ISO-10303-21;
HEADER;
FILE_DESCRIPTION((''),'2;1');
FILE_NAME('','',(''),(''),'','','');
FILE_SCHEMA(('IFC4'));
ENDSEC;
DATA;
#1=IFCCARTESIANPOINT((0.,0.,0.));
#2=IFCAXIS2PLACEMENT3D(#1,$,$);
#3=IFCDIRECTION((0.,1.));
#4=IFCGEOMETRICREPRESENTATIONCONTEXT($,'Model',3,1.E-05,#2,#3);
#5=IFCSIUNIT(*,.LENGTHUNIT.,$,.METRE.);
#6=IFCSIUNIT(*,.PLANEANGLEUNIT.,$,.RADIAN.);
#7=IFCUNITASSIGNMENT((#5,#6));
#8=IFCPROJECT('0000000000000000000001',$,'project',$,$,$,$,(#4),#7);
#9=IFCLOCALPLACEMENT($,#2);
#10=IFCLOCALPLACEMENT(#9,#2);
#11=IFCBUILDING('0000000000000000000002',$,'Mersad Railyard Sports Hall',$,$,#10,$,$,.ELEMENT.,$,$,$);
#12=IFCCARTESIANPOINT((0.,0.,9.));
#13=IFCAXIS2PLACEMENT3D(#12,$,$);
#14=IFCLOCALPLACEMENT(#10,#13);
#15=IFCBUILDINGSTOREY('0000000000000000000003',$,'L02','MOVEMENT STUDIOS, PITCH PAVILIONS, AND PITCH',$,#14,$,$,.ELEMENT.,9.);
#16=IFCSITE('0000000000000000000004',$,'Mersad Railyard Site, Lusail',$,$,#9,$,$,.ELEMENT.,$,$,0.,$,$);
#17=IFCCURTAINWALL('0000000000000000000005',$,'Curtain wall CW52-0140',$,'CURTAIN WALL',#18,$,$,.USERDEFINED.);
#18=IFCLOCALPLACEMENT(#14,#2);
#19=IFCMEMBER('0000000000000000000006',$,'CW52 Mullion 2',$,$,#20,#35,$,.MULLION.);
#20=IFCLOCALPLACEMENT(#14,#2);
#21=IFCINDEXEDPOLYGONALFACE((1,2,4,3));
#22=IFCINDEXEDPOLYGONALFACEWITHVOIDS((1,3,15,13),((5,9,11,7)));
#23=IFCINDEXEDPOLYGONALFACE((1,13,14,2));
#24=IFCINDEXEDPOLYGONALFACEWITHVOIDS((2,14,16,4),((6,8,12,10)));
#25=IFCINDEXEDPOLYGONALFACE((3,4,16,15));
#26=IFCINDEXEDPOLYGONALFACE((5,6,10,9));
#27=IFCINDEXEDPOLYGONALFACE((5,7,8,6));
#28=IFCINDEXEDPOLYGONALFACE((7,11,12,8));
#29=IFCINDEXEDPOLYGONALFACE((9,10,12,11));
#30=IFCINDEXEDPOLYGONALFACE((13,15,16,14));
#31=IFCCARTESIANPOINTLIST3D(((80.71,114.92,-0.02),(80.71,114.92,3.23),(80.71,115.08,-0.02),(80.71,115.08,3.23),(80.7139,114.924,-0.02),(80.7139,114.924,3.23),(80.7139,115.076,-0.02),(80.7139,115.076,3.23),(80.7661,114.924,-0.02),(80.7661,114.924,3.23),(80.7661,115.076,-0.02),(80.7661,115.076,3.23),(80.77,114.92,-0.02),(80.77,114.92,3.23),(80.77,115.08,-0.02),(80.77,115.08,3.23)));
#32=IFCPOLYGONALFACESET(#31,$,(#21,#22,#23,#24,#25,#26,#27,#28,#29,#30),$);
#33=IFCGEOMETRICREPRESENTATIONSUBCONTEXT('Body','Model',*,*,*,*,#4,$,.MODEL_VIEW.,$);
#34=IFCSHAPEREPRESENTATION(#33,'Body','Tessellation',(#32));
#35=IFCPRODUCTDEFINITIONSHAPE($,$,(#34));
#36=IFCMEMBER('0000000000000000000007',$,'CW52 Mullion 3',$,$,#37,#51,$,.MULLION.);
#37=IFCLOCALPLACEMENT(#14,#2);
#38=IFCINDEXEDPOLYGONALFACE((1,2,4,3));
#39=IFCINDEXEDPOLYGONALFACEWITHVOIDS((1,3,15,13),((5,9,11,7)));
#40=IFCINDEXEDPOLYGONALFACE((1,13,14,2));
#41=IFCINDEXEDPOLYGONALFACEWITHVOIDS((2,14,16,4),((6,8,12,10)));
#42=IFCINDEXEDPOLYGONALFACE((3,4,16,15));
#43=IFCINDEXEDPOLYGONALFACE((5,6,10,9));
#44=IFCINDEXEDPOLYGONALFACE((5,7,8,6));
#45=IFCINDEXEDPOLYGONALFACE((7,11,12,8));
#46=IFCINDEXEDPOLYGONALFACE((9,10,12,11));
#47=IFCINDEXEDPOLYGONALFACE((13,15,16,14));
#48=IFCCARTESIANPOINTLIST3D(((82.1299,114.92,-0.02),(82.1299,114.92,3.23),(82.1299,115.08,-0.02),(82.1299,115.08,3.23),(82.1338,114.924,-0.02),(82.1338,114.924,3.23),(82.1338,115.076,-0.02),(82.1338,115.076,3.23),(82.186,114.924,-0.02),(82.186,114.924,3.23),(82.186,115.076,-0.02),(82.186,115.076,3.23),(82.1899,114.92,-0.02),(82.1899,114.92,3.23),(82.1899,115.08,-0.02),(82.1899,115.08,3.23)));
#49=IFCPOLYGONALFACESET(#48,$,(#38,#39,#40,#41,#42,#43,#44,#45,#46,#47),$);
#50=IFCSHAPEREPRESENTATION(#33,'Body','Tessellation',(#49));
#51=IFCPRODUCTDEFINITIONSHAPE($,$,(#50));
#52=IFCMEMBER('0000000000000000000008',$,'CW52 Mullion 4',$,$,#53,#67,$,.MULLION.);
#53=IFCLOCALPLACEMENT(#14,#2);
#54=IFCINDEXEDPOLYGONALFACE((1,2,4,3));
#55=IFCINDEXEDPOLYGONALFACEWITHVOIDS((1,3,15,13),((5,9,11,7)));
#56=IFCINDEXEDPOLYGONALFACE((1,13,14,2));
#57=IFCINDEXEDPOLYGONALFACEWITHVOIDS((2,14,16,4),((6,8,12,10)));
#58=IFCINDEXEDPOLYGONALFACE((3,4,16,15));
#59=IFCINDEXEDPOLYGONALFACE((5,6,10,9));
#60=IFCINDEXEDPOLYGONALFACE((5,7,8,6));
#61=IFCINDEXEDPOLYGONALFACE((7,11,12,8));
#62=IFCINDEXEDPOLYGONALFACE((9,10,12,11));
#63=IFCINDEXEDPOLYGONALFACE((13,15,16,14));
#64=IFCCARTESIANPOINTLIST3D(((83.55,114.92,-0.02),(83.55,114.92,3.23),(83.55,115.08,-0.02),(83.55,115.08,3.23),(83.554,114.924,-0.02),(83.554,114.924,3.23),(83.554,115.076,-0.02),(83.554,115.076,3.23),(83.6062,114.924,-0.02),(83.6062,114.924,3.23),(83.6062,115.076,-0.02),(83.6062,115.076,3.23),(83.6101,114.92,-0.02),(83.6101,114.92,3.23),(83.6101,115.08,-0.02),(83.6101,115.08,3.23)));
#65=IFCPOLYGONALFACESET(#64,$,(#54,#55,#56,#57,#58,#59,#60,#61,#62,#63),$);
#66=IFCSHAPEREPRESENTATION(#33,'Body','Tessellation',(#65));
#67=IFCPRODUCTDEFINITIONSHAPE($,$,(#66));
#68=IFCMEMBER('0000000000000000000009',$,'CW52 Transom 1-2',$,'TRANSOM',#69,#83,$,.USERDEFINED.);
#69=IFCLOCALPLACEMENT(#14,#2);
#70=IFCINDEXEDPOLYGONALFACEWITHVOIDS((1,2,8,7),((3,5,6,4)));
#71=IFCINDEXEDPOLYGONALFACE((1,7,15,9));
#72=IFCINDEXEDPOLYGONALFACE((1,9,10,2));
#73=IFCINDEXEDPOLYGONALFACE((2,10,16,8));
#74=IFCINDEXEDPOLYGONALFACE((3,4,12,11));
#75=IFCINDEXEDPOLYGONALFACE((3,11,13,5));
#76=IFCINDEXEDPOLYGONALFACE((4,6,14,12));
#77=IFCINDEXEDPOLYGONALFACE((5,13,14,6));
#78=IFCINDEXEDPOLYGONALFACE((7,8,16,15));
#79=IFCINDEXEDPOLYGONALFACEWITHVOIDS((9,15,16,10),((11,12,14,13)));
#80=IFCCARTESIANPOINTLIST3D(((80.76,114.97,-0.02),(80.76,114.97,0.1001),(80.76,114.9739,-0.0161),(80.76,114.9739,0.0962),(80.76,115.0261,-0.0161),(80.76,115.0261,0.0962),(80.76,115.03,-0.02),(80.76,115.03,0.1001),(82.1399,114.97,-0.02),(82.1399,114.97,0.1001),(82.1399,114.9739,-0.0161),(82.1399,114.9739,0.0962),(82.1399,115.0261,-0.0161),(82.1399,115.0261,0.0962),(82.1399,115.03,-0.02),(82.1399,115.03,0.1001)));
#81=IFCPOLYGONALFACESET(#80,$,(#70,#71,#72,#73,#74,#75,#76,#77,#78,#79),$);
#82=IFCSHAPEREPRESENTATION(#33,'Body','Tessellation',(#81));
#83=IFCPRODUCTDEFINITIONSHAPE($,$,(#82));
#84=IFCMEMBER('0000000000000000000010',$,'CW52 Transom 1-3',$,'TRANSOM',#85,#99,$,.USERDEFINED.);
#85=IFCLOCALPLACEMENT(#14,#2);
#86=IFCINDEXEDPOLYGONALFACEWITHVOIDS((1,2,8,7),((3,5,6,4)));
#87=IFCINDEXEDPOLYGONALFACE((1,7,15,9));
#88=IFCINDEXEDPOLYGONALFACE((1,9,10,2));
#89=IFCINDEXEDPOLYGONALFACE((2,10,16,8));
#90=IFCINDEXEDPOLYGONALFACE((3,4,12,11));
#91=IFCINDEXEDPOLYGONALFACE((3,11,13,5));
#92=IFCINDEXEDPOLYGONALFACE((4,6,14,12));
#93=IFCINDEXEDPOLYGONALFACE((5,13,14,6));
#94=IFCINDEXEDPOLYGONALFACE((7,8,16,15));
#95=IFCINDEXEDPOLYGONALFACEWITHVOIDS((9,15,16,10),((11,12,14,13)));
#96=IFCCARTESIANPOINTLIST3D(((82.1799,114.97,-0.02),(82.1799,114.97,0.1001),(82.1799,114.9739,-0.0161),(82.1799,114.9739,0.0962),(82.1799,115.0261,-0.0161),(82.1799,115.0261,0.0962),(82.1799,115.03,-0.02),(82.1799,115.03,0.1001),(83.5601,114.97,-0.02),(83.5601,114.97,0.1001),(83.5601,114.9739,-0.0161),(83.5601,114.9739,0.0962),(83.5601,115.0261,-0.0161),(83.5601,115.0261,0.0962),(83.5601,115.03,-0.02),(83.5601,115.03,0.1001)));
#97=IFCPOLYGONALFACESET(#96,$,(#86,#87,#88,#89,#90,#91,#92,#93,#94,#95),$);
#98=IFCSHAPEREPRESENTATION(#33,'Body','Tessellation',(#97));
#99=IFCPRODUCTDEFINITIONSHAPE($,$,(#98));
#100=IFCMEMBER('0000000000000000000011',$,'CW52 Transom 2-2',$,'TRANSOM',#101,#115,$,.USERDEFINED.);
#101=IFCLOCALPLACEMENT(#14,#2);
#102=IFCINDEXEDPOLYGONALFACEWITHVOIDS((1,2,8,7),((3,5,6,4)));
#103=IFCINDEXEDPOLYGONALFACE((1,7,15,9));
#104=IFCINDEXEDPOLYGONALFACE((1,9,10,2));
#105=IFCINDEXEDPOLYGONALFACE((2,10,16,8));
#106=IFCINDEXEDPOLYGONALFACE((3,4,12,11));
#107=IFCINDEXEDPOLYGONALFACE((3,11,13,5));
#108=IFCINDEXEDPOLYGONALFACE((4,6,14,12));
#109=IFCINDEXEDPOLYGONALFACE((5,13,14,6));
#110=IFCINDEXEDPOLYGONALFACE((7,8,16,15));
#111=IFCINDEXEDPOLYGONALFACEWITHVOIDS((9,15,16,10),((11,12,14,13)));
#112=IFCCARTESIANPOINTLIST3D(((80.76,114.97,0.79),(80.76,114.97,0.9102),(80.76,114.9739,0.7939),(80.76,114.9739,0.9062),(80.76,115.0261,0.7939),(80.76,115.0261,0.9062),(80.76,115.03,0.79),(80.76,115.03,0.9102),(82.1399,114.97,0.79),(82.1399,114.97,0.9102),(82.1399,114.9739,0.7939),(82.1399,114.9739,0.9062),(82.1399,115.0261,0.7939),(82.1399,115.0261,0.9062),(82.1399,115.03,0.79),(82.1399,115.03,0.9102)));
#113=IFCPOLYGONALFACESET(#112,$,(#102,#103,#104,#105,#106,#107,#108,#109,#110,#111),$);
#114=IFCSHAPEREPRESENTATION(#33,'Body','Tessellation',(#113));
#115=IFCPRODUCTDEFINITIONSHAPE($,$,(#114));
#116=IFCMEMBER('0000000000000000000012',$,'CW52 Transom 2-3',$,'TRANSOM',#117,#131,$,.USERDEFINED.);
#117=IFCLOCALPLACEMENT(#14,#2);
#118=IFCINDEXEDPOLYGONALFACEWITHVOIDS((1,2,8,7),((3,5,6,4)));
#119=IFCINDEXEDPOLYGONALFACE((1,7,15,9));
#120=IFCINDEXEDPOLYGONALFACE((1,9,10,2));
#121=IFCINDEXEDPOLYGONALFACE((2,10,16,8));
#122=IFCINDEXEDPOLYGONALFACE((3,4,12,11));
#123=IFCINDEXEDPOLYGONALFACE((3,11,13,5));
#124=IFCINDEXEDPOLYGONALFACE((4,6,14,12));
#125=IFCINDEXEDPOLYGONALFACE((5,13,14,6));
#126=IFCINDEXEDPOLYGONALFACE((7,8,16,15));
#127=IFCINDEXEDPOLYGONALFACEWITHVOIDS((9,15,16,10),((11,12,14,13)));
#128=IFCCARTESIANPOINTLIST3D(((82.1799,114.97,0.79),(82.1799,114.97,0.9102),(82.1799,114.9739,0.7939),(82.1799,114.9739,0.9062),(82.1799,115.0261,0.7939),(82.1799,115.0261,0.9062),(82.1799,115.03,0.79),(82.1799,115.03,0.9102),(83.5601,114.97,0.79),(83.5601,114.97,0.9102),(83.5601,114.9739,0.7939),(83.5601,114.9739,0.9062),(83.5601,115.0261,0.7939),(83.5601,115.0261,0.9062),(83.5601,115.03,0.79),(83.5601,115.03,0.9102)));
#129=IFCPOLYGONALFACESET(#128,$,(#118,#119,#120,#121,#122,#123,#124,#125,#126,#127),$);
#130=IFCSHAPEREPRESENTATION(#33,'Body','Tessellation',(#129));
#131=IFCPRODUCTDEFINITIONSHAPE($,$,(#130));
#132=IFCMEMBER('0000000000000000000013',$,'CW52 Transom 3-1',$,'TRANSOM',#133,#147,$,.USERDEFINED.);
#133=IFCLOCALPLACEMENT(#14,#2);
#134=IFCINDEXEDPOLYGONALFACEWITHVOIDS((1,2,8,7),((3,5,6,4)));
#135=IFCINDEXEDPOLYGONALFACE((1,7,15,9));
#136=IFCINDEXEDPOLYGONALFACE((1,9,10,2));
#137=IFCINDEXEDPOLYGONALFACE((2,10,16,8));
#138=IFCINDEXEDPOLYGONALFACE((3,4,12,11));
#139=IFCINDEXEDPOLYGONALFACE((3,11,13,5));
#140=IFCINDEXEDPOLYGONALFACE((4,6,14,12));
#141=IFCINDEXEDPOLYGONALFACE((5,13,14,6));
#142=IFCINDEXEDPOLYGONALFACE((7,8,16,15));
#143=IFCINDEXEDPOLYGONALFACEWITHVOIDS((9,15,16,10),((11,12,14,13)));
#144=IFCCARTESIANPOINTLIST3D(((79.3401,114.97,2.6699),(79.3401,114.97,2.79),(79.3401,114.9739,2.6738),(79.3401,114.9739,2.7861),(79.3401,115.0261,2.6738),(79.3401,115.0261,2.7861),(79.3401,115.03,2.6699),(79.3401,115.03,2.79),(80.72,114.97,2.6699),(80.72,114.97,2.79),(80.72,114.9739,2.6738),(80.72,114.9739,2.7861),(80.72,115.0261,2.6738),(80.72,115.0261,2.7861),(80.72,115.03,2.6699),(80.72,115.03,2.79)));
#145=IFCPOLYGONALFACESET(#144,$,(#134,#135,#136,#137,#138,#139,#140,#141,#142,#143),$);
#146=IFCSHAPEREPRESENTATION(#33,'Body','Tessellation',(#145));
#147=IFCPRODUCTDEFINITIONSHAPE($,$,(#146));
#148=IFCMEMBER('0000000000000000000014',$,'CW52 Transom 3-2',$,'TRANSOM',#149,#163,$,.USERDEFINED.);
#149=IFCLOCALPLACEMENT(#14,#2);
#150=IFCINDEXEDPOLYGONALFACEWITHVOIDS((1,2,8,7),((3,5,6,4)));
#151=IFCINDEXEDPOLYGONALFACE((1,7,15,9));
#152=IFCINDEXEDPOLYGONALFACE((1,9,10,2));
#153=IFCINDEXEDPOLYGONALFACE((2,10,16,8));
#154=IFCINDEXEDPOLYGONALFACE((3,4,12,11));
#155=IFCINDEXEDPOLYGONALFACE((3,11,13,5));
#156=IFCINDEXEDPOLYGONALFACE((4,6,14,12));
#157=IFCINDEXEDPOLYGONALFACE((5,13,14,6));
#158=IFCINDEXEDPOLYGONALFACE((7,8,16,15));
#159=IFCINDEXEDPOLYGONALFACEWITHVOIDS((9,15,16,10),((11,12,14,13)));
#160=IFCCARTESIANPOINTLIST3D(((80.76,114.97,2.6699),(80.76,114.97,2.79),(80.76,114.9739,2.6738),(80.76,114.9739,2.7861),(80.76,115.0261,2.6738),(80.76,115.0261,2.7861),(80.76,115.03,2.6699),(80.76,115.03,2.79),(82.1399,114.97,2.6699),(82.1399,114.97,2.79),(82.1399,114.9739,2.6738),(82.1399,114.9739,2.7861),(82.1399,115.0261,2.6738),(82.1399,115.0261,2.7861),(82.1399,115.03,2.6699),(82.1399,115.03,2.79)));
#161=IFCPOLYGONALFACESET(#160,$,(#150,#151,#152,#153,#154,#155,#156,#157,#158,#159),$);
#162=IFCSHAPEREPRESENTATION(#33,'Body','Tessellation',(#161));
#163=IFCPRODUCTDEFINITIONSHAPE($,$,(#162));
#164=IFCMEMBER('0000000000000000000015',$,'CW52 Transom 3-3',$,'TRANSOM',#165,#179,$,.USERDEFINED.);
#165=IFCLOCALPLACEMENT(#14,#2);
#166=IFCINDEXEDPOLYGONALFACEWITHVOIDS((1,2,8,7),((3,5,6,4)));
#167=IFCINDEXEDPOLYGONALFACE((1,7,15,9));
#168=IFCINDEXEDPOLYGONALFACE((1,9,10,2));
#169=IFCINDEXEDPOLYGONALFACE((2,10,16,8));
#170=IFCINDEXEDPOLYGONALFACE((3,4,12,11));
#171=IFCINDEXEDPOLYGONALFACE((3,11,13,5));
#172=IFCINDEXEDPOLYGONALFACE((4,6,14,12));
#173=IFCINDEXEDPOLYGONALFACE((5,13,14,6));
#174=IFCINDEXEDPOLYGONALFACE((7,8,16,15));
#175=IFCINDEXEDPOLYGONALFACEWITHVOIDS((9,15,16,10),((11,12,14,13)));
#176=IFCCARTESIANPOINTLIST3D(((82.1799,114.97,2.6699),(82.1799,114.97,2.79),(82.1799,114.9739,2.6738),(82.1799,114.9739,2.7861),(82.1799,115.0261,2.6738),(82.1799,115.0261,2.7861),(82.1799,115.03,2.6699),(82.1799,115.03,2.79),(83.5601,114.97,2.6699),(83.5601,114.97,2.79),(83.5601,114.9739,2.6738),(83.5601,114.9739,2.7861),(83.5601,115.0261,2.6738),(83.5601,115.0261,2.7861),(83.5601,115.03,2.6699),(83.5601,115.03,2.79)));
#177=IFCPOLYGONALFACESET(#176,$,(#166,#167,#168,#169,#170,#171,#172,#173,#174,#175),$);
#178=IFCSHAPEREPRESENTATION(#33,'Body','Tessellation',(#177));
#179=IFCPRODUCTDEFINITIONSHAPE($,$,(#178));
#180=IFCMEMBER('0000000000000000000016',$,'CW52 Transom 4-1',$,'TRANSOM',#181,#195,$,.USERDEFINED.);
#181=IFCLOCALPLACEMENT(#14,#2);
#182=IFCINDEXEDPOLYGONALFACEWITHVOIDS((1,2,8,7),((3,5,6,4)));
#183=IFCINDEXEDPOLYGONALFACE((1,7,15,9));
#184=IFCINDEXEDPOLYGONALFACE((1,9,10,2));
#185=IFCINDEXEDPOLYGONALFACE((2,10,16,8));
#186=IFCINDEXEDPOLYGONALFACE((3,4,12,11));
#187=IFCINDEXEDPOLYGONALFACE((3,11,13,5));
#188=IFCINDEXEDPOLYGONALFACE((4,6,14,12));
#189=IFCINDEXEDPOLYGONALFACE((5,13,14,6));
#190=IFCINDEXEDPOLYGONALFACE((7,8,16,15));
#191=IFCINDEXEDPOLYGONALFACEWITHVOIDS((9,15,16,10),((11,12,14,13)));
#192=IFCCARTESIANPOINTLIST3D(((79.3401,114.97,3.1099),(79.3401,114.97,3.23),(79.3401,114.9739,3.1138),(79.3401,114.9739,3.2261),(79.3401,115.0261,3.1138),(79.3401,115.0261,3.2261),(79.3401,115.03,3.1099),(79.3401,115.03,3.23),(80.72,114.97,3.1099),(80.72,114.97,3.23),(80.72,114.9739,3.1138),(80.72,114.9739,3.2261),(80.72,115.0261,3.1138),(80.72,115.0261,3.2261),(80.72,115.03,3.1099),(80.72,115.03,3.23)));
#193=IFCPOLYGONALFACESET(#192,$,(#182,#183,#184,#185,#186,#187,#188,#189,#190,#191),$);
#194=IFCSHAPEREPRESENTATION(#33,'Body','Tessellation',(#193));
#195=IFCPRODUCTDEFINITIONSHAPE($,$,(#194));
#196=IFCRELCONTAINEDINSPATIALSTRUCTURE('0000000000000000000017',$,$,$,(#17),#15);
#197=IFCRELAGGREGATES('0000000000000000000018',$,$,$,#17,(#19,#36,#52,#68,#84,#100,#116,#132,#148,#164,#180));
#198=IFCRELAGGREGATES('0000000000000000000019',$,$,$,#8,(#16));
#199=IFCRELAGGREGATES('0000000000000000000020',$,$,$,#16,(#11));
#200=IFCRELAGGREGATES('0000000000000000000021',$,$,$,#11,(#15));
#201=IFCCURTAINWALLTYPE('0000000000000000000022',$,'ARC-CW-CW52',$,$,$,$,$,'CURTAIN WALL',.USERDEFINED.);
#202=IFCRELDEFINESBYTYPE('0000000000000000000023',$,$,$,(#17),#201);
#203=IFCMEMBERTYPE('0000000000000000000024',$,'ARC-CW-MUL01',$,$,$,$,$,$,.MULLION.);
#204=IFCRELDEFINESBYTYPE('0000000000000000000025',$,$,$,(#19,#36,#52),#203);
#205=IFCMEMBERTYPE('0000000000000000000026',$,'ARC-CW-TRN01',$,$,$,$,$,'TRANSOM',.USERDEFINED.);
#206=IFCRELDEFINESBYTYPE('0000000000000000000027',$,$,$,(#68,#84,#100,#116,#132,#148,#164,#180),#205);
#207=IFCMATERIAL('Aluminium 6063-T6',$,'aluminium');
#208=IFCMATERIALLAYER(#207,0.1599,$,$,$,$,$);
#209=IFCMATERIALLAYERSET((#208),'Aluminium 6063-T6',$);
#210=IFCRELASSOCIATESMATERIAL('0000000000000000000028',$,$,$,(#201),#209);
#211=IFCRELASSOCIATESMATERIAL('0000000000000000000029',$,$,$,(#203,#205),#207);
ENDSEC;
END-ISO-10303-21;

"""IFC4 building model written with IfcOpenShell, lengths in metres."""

from ifc_helpers import new_model, si_unit, direction, frame, origin, origin_2d, place, context, subcontext, project, spatial, hollow_rectangle, extrude, material, layer, layer_set, material_profile, profile_set, type_object, element, aggregate, save


model = new_model("IFC4")

# Units and contexts
model_context = context("Model", 3, precision=1e-05, world=origin(), true_north=direction((0.0, 1.0)))
body_context = subcontext(model_context, "Body", "Model", "MODEL_VIEW")
ifc_project = project(units=[si_unit("LENGTHUNIT", "METRE"), si_unit("PLANEANGLEUNIT", "RADIAN")], contexts=[model_context])

# Site, building, storey
site_placement = place(None, origin())
site = spatial("IfcSite", under=ifc_project, at=site_placement, Name="Mersad Railyard Site, Lusail", CompositionType="ELEMENT", RefElevation=0.0)
building_placement = place(site_placement, origin())
building = spatial("IfcBuilding", under=site, at=building_placement, Name="Mersad Railyard Sports Hall", CompositionType="ELEMENT")
storey_placement = place(building_placement, frame((0.0, 0.0, 9.0)))
storey = spatial("IfcBuildingStorey", under=building, at=storey_placement, Name="L02", Description="MOVEMENT STUDIOS, PITCH PAVILIONS, AND PITCH", CompositionType="ELEMENT", Elevation=9.0)

# Curtain wall, members
ifc_material_1 = material(Name="Aluminium 6063-T6", Category="aluminium")
ifc_layer_1 = layer(ifc_material_1, 0.1599)
ifc_layer_set_1 = layer_set([ifc_layer_1], Name="Aluminium 6063-T6")
curtain_wall_type = type_object("IfcCurtainWallType", Name="ARC-CW-CW52", ElementType="CURTAIN WALL", PredefinedType="USERDEFINED", material=ifc_layer_set_1)
curtain_wall_placement = place(storey_placement, origin())
curtain_wall = element("IfcCurtainWall", 1, at=curtain_wall_placement, inside=storey, type_object=curtain_wall_type, Name="Curtain wall CW52-0140", ObjectType="CURTAIN WALL", PredefinedType="USERDEFINED")
ifc_material_profile_1 = material_profile(ifc_material_1, hollow_rectangle(XDim=0.0601, YDim=0.1599, WallThickness=0.0039, at=origin_2d()), Name="AL MULLION 60x160x4")
ifc_profile_set_1 = profile_set([ifc_material_profile_1], Name="Aluminium 6063-T6")
member_type_1 = type_object("IfcMemberType", Name="ARC-CW-MUL01", PredefinedType="MULLION", material=ifc_profile_set_1)
member_1_placement = place(storey_placement, frame((80.74, 115.0, -0.02), z_axis=(0.0, 0.0, 1.0), x_axis=(1.0, 0.0, 0.0)))
member_1 = element("IfcMember", 2, at=member_1_placement, type_object=member_type_1, Name="CW52 Mullion 2", PredefinedType="MULLION", context=body_context, shape_type="SweptSolid", body=[
    extrude(hollow_rectangle(XDim=0.0601, YDim=0.1599, WallThickness=0.0039, at=origin_2d()), origin(), (0.0, 0.0, 1.0), 3.25),
])
member_2_placement = place(storey_placement, frame((82.1599, 115.0, -0.02), z_axis=(0.0, 0.0, 1.0), x_axis=(1.0, 0.0, 0.0)))
member_2 = element("IfcMember", 3, at=member_2_placement, type_object=member_type_1, Name="CW52 Mullion 3", PredefinedType="MULLION", context=body_context, shape_type="SweptSolid", body=[
    extrude(hollow_rectangle(XDim=0.0601, YDim=0.1599, WallThickness=0.0039, at=origin_2d()), origin(), (0.0, 0.0, 1.0), 3.25),
])
member_3_placement = place(storey_placement, frame((83.5801, 115.0, -0.02), z_axis=(0.0, 0.0, 1.0), x_axis=(1.0, 0.0, 0.0)))
member_3 = element("IfcMember", 4, at=member_3_placement, type_object=member_type_1, Name="CW52 Mullion 4", PredefinedType="MULLION", context=body_context, shape_type="SweptSolid", body=[
    extrude(hollow_rectangle(XDim=0.0601, YDim=0.1599, WallThickness=0.0039, at=origin_2d()), origin(), (0.0, 0.0, 1.0), 3.25),
])
ifc_material_profile_2 = material_profile(ifc_material_1, hollow_rectangle(XDim=0.0601, YDim=0.1201, WallThickness=0.0039, at=origin_2d()), Name="AL TRANSOM 60x120x4")
ifc_profile_set_2 = profile_set([ifc_material_profile_2], Name="Aluminium 6063-T6")
member_type_2 = type_object("IfcMemberType", Name="ARC-CW-TRN01", ElementType="TRANSOM", PredefinedType="USERDEFINED", material=ifc_profile_set_2)
member_4_placement = place(storey_placement, frame((80.76, 115.0, 0.04), z_axis=(1.0, 0.0, 0.0), x_axis=(0.0, 1.0, 0.0)))
member_4 = element("IfcMember", 5, at=member_4_placement, type_object=member_type_2, Name="CW52 Transom 1-2", ObjectType="TRANSOM", PredefinedType="USERDEFINED", context=body_context, shape_type="SweptSolid", body=[
    extrude(hollow_rectangle(XDim=0.0601, YDim=0.1201, WallThickness=0.0039, at=origin_2d()), origin(), (0.0, 0.0, 1.0), 1.3799),
])
member_5_placement = place(storey_placement, frame((82.1799, 115.0, 0.04), z_axis=(1.0, 0.0, 0.0), x_axis=(0.0, 1.0, 0.0)))
member_5 = element("IfcMember", 6, at=member_5_placement, type_object=member_type_2, Name="CW52 Transom 1-3", ObjectType="TRANSOM", PredefinedType="USERDEFINED", context=body_context, shape_type="SweptSolid", body=[
    extrude(hollow_rectangle(XDim=0.0601, YDim=0.1201, WallThickness=0.0039, at=origin_2d()), origin(), (0.0, 0.0, 1.0), 1.3801),
])
member_6_placement = place(storey_placement, frame((80.76, 115.0, 0.8501), z_axis=(1.0, 0.0, 0.0), x_axis=(0.0, 1.0, 0.0)))
member_6 = element("IfcMember", 7, at=member_6_placement, type_object=member_type_2, Name="CW52 Transom 2-2", ObjectType="TRANSOM", PredefinedType="USERDEFINED", context=body_context, shape_type="SweptSolid", body=[
    extrude(hollow_rectangle(XDim=0.0601, YDim=0.1201, WallThickness=0.0039, at=origin_2d()), origin(), (0.0, 0.0, 1.0), 1.3799),
])
member_7_placement = place(storey_placement, frame((82.1799, 115.0, 0.8501), z_axis=(1.0, 0.0, 0.0), x_axis=(0.0, 1.0, 0.0)))
member_7 = element("IfcMember", 8, at=member_7_placement, type_object=member_type_2, Name="CW52 Transom 2-3", ObjectType="TRANSOM", PredefinedType="USERDEFINED", context=body_context, shape_type="SweptSolid", body=[
    extrude(hollow_rectangle(XDim=0.0601, YDim=0.1201, WallThickness=0.0039, at=origin_2d()), origin(), (0.0, 0.0, 1.0), 1.3801),
])
member_8_placement = place(storey_placement, frame((79.3401, 115.0, 2.73), z_axis=(1.0, 0.0, 0.0), x_axis=(0.0, 1.0, 0.0)))
member_8 = element("IfcMember", 9, at=member_8_placement, type_object=member_type_2, Name="CW52 Transom 3-1", ObjectType="TRANSOM", PredefinedType="USERDEFINED", context=body_context, shape_type="SweptSolid", body=[
    extrude(hollow_rectangle(XDim=0.0601, YDim=0.1201, WallThickness=0.0039, at=origin_2d()), origin(), (0.0, 0.0, 1.0), 1.3799),
])
member_9_placement = place(storey_placement, frame((80.76, 115.0, 2.73), z_axis=(1.0, 0.0, 0.0), x_axis=(0.0, 1.0, 0.0)))
member_9 = element("IfcMember", 10, at=member_9_placement, type_object=member_type_2, Name="CW52 Transom 3-2", ObjectType="TRANSOM", PredefinedType="USERDEFINED", context=body_context, shape_type="SweptSolid", body=[
    extrude(hollow_rectangle(XDim=0.0601, YDim=0.1201, WallThickness=0.0039, at=origin_2d()), origin(), (0.0, 0.0, 1.0), 1.3799),
])
member_10_placement = place(storey_placement, frame((82.1799, 115.0, 2.73), z_axis=(1.0, 0.0, 0.0), x_axis=(0.0, 1.0, 0.0)))
member_10 = element("IfcMember", 11, at=member_10_placement, type_object=member_type_2, Name="CW52 Transom 3-3", ObjectType="TRANSOM", PredefinedType="USERDEFINED", context=body_context, shape_type="SweptSolid", body=[
    extrude(hollow_rectangle(XDim=0.0601, YDim=0.1201, WallThickness=0.0039, at=origin_2d()), origin(), (0.0, 0.0, 1.0), 1.3801),
])
member_11_placement = place(storey_placement, frame((79.3401, 115.0, 3.1699), z_axis=(1.0, 0.0, 0.0), x_axis=(0.0, 1.0, 0.0)))
member_11 = element("IfcMember", 12, at=member_11_placement, type_object=member_type_2, Name="CW52 Transom 4-1", ObjectType="TRANSOM", PredefinedType="USERDEFINED", context=body_context, shape_type="SweptSolid", body=[
    extrude(hollow_rectangle(XDim=0.0601, YDim=0.1201, WallThickness=0.0039, at=origin_2d()), origin(), (0.0, 0.0, 1.0), 1.3799),
])
aggregate(curtain_wall, [member_1, member_2, member_3, member_4, member_5, member_6, member_7, member_8, member_9, member_10, member_11])

save(model, "model.ifc")
